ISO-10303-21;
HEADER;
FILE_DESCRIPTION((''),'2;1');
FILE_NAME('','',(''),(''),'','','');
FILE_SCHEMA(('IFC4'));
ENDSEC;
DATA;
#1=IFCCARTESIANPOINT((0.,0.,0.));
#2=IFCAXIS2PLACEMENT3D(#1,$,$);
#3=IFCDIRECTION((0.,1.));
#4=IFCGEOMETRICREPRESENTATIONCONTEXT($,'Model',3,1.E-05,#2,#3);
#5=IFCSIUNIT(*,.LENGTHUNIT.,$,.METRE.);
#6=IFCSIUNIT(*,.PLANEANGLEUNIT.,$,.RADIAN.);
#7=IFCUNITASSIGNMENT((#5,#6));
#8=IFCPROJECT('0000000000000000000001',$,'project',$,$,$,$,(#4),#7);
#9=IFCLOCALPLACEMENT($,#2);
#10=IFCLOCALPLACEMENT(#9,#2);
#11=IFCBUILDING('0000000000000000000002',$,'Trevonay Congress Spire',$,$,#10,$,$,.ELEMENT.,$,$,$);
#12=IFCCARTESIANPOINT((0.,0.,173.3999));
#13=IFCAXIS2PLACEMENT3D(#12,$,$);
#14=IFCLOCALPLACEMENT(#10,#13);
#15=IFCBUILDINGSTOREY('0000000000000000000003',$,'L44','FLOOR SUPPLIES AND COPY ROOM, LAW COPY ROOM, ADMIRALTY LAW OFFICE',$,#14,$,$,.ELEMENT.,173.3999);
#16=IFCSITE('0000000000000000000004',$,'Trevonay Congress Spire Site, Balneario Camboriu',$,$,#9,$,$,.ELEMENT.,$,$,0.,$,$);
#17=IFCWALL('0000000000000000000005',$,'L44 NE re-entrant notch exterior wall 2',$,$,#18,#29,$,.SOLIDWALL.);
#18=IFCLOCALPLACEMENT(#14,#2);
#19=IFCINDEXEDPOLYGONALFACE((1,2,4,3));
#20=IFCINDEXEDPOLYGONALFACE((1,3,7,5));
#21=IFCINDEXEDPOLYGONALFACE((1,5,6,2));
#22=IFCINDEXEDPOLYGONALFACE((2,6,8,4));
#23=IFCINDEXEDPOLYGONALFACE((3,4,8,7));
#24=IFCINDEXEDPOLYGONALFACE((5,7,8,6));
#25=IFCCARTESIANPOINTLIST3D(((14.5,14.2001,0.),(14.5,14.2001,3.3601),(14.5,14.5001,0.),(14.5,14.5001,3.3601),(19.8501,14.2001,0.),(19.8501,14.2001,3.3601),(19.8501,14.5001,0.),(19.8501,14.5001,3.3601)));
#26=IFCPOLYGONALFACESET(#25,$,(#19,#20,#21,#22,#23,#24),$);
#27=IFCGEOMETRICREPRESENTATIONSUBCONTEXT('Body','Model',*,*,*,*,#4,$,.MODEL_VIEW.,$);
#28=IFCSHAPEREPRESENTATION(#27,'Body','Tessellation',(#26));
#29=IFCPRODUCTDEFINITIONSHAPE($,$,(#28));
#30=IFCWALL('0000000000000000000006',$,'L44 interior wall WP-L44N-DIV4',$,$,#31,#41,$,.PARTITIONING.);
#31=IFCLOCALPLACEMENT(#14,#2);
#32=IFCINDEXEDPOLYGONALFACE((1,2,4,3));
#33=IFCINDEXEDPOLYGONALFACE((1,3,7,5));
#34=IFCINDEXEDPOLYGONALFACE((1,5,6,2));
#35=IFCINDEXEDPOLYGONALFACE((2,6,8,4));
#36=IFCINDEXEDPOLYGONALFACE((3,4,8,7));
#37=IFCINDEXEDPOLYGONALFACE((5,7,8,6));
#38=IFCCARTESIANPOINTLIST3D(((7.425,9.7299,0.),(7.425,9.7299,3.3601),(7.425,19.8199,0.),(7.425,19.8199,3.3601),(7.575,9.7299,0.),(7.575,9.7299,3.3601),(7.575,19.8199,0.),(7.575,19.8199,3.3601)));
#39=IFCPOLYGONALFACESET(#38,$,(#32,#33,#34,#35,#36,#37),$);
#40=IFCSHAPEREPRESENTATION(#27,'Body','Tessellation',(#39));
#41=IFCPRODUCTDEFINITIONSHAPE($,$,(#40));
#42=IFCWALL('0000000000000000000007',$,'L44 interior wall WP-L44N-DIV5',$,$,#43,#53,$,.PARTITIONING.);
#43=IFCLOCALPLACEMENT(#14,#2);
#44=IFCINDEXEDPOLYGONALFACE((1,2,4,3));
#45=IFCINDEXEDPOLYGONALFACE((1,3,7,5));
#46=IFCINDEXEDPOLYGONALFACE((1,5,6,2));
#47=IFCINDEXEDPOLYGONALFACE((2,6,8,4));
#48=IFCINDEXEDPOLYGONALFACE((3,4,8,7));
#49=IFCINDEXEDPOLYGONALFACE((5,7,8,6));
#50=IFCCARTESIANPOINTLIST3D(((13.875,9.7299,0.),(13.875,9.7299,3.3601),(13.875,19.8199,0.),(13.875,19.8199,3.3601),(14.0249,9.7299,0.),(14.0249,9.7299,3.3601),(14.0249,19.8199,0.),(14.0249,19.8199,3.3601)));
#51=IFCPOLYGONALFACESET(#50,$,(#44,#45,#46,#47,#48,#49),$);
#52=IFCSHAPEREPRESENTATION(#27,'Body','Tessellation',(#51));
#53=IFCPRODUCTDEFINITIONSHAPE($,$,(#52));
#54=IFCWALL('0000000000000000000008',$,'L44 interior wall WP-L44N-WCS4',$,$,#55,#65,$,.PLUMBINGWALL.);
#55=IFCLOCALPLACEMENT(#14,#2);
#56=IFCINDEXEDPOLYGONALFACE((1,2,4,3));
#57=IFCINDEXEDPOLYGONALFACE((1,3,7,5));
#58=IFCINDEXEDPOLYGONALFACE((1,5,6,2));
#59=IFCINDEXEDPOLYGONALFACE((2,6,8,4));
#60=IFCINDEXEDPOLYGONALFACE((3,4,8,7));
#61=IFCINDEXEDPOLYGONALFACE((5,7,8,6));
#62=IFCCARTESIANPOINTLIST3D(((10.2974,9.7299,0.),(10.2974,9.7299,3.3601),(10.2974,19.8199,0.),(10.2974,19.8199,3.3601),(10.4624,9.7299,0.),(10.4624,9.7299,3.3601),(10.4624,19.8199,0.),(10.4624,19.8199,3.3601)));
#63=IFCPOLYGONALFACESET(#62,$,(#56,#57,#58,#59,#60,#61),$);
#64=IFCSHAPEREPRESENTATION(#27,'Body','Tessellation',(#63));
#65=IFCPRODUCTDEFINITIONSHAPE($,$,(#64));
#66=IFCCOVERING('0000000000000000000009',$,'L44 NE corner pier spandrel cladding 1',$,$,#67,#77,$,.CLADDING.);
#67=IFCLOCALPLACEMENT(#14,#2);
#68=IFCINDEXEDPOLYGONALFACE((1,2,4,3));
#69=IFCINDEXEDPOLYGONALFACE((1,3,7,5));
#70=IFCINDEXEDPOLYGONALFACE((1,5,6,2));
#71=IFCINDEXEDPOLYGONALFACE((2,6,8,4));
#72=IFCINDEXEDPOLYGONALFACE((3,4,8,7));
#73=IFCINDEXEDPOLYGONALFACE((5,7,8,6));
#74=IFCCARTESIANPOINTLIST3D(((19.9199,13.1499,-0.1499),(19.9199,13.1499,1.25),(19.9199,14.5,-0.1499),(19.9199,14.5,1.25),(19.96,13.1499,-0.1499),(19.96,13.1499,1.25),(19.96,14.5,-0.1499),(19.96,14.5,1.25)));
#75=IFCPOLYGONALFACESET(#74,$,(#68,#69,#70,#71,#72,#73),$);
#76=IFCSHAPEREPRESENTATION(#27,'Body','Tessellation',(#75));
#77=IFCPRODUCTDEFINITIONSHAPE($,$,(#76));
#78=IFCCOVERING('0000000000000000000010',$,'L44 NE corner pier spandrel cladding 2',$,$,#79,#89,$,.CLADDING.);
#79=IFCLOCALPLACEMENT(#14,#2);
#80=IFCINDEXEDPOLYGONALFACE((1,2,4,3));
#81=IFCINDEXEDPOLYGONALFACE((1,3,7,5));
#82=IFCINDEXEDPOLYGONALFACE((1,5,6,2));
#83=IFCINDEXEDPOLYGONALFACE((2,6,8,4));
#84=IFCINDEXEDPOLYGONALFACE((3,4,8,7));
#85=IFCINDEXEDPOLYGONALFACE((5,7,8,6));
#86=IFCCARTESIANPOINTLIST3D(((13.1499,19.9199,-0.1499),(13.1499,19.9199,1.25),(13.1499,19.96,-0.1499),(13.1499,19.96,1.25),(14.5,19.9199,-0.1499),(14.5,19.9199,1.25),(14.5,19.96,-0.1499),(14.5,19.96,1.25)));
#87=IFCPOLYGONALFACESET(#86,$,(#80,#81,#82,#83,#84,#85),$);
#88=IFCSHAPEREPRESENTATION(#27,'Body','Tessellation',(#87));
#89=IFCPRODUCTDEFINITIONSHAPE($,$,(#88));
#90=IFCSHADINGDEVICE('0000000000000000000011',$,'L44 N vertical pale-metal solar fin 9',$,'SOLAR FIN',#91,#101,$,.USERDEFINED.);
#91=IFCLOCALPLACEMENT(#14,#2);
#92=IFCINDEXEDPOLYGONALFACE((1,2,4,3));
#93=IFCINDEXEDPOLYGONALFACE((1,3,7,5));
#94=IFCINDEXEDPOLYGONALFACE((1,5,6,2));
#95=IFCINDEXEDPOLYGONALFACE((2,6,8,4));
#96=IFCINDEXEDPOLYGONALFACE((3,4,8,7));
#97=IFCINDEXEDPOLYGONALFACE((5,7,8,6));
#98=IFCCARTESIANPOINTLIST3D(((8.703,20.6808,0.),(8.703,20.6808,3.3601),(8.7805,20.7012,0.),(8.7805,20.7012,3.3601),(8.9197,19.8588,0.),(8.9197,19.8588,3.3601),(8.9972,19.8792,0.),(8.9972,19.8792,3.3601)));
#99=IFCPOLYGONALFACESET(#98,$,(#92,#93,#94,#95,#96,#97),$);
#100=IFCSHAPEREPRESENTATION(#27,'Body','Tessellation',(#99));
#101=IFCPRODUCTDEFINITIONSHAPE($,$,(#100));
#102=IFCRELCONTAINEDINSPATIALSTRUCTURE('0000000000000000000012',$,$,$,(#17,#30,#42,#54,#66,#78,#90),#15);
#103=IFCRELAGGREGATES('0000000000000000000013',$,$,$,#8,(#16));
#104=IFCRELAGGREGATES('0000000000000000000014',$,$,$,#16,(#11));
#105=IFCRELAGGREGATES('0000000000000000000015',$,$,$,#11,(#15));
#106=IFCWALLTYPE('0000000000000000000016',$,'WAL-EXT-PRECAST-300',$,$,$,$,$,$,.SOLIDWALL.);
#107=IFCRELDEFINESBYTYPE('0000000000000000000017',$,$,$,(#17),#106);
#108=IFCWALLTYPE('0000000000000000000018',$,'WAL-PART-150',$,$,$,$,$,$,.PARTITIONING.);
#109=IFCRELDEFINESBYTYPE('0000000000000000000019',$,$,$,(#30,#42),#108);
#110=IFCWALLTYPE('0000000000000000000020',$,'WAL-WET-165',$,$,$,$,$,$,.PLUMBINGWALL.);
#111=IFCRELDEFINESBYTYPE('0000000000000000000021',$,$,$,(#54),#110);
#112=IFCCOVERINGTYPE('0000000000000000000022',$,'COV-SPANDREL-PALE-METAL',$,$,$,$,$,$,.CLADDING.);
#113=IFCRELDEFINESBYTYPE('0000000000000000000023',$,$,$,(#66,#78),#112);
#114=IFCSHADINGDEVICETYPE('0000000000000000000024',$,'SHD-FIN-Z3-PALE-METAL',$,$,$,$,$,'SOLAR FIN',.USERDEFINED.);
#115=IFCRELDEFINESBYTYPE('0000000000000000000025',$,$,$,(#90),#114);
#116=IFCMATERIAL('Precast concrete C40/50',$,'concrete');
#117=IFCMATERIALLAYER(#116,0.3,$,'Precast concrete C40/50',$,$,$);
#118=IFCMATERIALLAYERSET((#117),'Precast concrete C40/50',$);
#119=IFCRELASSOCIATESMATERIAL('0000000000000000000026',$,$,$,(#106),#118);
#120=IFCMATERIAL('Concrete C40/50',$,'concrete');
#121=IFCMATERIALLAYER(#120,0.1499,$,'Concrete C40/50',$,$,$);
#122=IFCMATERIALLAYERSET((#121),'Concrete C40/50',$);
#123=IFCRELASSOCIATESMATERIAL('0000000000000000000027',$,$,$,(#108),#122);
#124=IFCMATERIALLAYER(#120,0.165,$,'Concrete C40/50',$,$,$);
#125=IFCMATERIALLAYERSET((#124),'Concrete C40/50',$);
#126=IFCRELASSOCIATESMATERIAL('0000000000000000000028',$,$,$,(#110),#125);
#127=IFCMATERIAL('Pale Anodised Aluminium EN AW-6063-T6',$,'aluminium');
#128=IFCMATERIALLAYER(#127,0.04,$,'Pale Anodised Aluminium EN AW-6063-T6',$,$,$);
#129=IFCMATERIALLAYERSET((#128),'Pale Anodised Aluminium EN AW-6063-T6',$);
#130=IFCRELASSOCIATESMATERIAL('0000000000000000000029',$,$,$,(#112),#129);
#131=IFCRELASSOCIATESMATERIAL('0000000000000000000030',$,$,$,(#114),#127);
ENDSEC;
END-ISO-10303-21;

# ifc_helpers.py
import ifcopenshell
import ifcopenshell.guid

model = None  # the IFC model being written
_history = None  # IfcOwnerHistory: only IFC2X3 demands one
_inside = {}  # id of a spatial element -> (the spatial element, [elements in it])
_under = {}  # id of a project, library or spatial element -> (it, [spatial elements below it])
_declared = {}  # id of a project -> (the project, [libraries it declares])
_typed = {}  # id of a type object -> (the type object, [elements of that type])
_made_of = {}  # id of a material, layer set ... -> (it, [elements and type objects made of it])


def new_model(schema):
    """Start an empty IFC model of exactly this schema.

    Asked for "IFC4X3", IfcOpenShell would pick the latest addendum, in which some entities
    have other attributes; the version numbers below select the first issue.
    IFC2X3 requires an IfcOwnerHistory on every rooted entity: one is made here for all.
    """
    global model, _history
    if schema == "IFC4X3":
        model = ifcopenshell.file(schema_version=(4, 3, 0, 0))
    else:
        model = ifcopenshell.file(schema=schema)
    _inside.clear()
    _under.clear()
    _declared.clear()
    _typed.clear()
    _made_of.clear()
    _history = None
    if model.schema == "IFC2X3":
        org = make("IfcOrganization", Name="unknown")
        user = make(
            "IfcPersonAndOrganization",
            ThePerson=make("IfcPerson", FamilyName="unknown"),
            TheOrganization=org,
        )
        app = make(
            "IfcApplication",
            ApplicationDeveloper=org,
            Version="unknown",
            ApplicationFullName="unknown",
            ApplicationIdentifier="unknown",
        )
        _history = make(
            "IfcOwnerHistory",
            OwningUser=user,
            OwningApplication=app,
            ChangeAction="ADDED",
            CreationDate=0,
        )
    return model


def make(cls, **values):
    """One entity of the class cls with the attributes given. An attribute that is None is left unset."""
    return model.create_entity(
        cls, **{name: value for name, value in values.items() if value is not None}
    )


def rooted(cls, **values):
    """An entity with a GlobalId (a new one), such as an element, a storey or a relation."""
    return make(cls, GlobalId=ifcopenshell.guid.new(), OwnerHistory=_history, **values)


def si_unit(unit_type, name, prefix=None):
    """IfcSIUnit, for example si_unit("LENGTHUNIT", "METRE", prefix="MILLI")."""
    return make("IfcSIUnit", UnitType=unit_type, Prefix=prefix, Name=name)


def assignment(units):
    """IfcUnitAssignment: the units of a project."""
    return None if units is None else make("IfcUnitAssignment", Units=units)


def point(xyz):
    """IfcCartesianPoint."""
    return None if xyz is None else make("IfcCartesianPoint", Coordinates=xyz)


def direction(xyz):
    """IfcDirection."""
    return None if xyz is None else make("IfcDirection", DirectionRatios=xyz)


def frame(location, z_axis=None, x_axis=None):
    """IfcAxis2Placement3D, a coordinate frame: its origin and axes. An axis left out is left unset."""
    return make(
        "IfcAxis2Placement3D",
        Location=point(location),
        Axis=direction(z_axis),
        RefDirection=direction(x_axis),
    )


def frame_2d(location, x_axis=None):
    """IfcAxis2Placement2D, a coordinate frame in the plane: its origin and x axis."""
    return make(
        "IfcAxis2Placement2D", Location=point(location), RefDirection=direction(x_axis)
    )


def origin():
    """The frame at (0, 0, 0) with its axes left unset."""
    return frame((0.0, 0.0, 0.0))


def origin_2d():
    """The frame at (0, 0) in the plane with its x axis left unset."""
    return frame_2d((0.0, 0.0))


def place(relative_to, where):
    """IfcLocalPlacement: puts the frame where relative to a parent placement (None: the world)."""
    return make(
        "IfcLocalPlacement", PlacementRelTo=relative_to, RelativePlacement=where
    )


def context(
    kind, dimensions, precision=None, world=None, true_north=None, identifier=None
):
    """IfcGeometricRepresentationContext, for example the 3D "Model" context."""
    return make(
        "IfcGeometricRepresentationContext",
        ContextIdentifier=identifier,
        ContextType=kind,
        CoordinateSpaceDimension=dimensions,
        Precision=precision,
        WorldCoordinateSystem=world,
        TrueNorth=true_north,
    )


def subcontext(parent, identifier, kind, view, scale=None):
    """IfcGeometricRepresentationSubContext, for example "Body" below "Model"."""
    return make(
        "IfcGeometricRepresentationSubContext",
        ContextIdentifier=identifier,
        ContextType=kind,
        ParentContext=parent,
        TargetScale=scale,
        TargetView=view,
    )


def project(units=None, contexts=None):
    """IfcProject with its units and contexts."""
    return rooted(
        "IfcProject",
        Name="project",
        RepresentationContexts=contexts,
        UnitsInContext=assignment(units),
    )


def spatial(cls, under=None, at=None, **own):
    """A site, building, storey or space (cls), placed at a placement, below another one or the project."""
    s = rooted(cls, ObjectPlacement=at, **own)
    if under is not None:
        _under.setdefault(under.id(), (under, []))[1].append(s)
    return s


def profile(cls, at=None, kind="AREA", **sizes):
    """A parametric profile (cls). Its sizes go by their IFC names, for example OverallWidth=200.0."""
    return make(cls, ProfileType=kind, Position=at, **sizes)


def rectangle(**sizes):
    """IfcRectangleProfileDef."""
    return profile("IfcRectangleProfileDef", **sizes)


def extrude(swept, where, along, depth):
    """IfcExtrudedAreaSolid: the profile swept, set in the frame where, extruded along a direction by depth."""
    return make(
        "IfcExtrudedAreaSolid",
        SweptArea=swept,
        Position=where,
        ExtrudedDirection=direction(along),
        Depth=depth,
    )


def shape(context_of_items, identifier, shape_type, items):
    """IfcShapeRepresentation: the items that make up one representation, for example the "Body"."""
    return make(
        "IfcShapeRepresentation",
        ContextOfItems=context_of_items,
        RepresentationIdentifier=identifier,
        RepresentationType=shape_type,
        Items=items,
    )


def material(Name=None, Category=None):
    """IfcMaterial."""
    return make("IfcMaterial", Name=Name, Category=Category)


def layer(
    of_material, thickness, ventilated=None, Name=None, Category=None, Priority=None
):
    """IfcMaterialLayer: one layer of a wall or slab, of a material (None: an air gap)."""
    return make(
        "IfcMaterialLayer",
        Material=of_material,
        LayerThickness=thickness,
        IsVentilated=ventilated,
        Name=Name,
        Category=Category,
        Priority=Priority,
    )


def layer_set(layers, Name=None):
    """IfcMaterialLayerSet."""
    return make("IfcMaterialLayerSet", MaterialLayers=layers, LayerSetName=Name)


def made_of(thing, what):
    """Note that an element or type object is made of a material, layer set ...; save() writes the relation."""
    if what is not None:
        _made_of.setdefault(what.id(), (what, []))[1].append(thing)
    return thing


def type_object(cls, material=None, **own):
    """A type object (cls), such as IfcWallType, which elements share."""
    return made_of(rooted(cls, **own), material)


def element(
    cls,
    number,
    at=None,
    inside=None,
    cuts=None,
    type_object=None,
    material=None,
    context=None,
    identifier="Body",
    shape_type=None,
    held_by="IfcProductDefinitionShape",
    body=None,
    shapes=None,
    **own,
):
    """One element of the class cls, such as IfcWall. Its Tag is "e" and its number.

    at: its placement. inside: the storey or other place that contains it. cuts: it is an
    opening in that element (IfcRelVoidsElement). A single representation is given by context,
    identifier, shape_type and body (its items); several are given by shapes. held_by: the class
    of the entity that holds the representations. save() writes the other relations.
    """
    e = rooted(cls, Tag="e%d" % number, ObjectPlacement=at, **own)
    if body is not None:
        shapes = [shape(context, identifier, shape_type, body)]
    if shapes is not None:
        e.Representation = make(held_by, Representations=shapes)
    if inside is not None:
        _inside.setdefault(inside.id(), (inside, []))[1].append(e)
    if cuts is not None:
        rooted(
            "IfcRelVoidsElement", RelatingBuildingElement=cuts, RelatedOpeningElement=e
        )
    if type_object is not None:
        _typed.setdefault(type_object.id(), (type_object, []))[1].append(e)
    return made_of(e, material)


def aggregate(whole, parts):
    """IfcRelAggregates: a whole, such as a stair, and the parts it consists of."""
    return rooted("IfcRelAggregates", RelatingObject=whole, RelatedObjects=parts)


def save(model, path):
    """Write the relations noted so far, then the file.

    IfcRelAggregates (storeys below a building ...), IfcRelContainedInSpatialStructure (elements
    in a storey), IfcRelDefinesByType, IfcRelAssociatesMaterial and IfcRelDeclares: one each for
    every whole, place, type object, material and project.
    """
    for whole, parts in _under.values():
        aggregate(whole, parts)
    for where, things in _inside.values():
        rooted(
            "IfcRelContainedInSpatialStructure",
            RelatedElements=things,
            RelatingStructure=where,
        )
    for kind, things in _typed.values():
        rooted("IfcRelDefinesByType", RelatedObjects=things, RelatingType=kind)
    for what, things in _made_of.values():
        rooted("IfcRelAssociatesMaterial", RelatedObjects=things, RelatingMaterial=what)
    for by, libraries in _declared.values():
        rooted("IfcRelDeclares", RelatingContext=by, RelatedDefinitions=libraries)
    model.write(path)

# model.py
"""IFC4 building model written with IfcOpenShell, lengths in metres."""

from ifc_helpers import new_model, si_unit, direction, frame, frame_2d, origin, origin_2d, place, context, subcontext, project, spatial, rectangle, extrude, material, layer, layer_set, type_object, element, save


model = new_model("IFC4")

# Units and contexts
model_context = context("Model", 3, precision=1e-05, world=origin(), true_north=direction((0.0, 1.0)))
body_context = subcontext(model_context, "Body", "Model", "MODEL_VIEW")
ifc_project = project(units=[si_unit("LENGTHUNIT", "METRE"), si_unit("PLANEANGLEUNIT", "RADIAN")], contexts=[model_context])

# Site, building, storey
site_placement = place(None, origin())
site = spatial("IfcSite", under=ifc_project, at=site_placement, Name="Trevonay Congress Spire Site, Balneario Camboriu", CompositionType="ELEMENT", RefElevation=0.0)
building_placement = place(site_placement, origin())
building = spatial("IfcBuilding", under=site, at=building_placement, Name="Trevonay Congress Spire", CompositionType="ELEMENT")
storey_placement = place(building_placement, frame((0.0, 0.0, 173.3999)))
storey = spatial("IfcBuildingStorey", under=building, at=storey_placement, Name="L44", Description="FLOOR SUPPLIES AND COPY ROOM, LAW COPY ROOM, ADMIRALTY LAW OFFICE", CompositionType="ELEMENT", Elevation=173.3999)

# Shared definitions
ifc_material_1 = material(Name="Pale Anodised Aluminium EN AW-6063-T6", Category="aluminium")

# Shared definitions
ifc_material_2 = material(Name="Precast concrete C40/50", Category="concrete")
ifc_layer_1 = layer(ifc_material_2, 0.3, Name="Precast concrete C40/50")
ifc_layer_set_1 = layer_set([ifc_layer_1], Name="Precast concrete C40/50")
wall_type_1 = type_object("IfcWallType", Name="WAL-EXT-PRECAST-300", PredefinedType="SOLIDWALL", material=ifc_layer_set_1)

# Walls
wall_1_placement = place(storey_placement, frame((19.8501, 14.3501, 0.0), z_axis=(0.0, 0.0, 1.0), x_axis=(-1.0, 0.0, 0.0)))
element("IfcWall", 1, at=wall_1_placement, inside=storey, type_object=wall_type_1, Name="L44 NE re-entrant notch exterior wall 2", PredefinedType="SOLIDWALL", context=body_context, shape_type="SweptSolid", body=[
    extrude(rectangle(XDim=5.3501, YDim=0.3, at=frame_2d((2.675, 0.0))), origin(), (0.0, 0.0, 1.0), 3.3601),
])
ifc_material_3 = material(Name="Concrete C40/50", Category="concrete")
ifc_layer_2 = layer(ifc_material_3, 0.1499, Name="Concrete C40/50")
ifc_layer_set_2 = layer_set([ifc_layer_2], Name="Concrete C40/50")
wall_type_2 = type_object("IfcWallType", Name="WAL-PART-150", PredefinedType="PARTITIONING", material=ifc_layer_set_2)
for number, where, z_axis, x_axis, name in (
    (2, (7.5, 9.73, 0.0), (0.0, 0.0, 1.0), (0.0, 1.0, 0.0), "L44 interior wall WP-L44N-DIV4"),
    (3, (13.95, 9.73, 0.0), (0.0, 0.0, 1.0), (0.0, 1.0, 0.0), "L44 interior wall WP-L44N-DIV5"),
):
    element("IfcWall", number, at=place(storey_placement, frame(where, z_axis=z_axis, x_axis=x_axis)), inside=storey, type_object=wall_type_2, Name=name, PredefinedType="PARTITIONING", context=body_context, shape_type="SweptSolid", body=[
        extrude(rectangle(XDim=10.0901, YDim=0.1499, at=frame_2d((5.0449, 0.0))), origin(), (0.0, 0.0, 1.0), 3.3601),
    ])
ifc_layer_3 = layer(ifc_material_3, 0.165, Name="Concrete C40/50")
ifc_layer_set_3 = layer_set([ifc_layer_3], Name="Concrete C40/50")
wall_type_3 = type_object("IfcWallType", Name="WAL-WET-165", PredefinedType="PLUMBINGWALL", material=ifc_layer_set_3)
wall_2_placement = place(storey_placement, frame((10.3799, 9.73, 0.0), z_axis=(0.0, 0.0, 1.0), x_axis=(0.0, 1.0, 0.0)))
element("IfcWall", 4, at=wall_2_placement, inside=storey, type_object=wall_type_3, Name="L44 interior wall WP-L44N-WCS4", PredefinedType="PLUMBINGWALL", context=body_context, shape_type="SweptSolid", body=[
    extrude(rectangle(XDim=10.0901, YDim=0.165, at=frame_2d((5.0449, 0.0))), origin(), (0.0, 0.0, 1.0), 3.3601),
])

# Coverings
ifc_layer_4 = layer(ifc_material_1, 0.04, Name="Pale Anodised Aluminium EN AW-6063-T6")
ifc_layer_set_4 = layer_set([ifc_layer_4], Name="Pale Anodised Aluminium EN AW-6063-T6")
covering_type = type_object("IfcCoveringType", Name="COV-SPANDREL-PALE-METAL", PredefinedType="CLADDING", material=ifc_layer_set_4)
for number, where, z_axis, x_axis, name in (
    (5, (19.9399, 13.1499, -0.1499), (0.0, 0.0, 1.0), (0.0, 1.0, 0.0), "L44 NE corner pier spandrel cladding 1"),
    (6, (13.1499, 19.9399, -0.1499), (0.0, 0.0, 1.0), (1.0, 0.0, 0.0), "L44 NE corner pier spandrel cladding 2"),
):
    element("IfcCovering", number, at=place(storey_placement, frame(where, z_axis=z_axis, x_axis=x_axis)), inside=storey, type_object=covering_type, Name=name, PredefinedType="CLADDING", context=body_context, shape_type="SweptSolid", body=[
        extrude(rectangle(XDim=1.3501, YDim=0.04, at=frame_2d((0.675, 0.0))), origin(), (0.0, 0.0, 1.0), 1.3999),
    ])

# Shading device
shading_device_type = type_object("IfcShadingDeviceType", Name="SHD-FIN-Z3-PALE-METAL", ElementType="SOLAR FIN", PredefinedType="USERDEFINED", material=ifc_material_1)
shading_device_placement = place(storey_placement, frame((8.8501, 20.28, 0.0), z_axis=(0.0, 0.0, 1.0), x_axis=(0.966957, 0.254939, 0.0)))
element("IfcShadingDevice", 7, at=shading_device_placement, inside=storey, type_object=shading_device_type, Name="L44 N vertical pale-metal solar fin 9", ObjectType="SOLAR FIN", PredefinedType="USERDEFINED", context=body_context, shape_type="SweptSolid", body=[
    extrude(rectangle(XDim=0.0801, YDim=0.8501, at=origin_2d()), origin(), (0.0, 0.0, 1.0), 3.3601),
])

save(model, "model.ifc")
